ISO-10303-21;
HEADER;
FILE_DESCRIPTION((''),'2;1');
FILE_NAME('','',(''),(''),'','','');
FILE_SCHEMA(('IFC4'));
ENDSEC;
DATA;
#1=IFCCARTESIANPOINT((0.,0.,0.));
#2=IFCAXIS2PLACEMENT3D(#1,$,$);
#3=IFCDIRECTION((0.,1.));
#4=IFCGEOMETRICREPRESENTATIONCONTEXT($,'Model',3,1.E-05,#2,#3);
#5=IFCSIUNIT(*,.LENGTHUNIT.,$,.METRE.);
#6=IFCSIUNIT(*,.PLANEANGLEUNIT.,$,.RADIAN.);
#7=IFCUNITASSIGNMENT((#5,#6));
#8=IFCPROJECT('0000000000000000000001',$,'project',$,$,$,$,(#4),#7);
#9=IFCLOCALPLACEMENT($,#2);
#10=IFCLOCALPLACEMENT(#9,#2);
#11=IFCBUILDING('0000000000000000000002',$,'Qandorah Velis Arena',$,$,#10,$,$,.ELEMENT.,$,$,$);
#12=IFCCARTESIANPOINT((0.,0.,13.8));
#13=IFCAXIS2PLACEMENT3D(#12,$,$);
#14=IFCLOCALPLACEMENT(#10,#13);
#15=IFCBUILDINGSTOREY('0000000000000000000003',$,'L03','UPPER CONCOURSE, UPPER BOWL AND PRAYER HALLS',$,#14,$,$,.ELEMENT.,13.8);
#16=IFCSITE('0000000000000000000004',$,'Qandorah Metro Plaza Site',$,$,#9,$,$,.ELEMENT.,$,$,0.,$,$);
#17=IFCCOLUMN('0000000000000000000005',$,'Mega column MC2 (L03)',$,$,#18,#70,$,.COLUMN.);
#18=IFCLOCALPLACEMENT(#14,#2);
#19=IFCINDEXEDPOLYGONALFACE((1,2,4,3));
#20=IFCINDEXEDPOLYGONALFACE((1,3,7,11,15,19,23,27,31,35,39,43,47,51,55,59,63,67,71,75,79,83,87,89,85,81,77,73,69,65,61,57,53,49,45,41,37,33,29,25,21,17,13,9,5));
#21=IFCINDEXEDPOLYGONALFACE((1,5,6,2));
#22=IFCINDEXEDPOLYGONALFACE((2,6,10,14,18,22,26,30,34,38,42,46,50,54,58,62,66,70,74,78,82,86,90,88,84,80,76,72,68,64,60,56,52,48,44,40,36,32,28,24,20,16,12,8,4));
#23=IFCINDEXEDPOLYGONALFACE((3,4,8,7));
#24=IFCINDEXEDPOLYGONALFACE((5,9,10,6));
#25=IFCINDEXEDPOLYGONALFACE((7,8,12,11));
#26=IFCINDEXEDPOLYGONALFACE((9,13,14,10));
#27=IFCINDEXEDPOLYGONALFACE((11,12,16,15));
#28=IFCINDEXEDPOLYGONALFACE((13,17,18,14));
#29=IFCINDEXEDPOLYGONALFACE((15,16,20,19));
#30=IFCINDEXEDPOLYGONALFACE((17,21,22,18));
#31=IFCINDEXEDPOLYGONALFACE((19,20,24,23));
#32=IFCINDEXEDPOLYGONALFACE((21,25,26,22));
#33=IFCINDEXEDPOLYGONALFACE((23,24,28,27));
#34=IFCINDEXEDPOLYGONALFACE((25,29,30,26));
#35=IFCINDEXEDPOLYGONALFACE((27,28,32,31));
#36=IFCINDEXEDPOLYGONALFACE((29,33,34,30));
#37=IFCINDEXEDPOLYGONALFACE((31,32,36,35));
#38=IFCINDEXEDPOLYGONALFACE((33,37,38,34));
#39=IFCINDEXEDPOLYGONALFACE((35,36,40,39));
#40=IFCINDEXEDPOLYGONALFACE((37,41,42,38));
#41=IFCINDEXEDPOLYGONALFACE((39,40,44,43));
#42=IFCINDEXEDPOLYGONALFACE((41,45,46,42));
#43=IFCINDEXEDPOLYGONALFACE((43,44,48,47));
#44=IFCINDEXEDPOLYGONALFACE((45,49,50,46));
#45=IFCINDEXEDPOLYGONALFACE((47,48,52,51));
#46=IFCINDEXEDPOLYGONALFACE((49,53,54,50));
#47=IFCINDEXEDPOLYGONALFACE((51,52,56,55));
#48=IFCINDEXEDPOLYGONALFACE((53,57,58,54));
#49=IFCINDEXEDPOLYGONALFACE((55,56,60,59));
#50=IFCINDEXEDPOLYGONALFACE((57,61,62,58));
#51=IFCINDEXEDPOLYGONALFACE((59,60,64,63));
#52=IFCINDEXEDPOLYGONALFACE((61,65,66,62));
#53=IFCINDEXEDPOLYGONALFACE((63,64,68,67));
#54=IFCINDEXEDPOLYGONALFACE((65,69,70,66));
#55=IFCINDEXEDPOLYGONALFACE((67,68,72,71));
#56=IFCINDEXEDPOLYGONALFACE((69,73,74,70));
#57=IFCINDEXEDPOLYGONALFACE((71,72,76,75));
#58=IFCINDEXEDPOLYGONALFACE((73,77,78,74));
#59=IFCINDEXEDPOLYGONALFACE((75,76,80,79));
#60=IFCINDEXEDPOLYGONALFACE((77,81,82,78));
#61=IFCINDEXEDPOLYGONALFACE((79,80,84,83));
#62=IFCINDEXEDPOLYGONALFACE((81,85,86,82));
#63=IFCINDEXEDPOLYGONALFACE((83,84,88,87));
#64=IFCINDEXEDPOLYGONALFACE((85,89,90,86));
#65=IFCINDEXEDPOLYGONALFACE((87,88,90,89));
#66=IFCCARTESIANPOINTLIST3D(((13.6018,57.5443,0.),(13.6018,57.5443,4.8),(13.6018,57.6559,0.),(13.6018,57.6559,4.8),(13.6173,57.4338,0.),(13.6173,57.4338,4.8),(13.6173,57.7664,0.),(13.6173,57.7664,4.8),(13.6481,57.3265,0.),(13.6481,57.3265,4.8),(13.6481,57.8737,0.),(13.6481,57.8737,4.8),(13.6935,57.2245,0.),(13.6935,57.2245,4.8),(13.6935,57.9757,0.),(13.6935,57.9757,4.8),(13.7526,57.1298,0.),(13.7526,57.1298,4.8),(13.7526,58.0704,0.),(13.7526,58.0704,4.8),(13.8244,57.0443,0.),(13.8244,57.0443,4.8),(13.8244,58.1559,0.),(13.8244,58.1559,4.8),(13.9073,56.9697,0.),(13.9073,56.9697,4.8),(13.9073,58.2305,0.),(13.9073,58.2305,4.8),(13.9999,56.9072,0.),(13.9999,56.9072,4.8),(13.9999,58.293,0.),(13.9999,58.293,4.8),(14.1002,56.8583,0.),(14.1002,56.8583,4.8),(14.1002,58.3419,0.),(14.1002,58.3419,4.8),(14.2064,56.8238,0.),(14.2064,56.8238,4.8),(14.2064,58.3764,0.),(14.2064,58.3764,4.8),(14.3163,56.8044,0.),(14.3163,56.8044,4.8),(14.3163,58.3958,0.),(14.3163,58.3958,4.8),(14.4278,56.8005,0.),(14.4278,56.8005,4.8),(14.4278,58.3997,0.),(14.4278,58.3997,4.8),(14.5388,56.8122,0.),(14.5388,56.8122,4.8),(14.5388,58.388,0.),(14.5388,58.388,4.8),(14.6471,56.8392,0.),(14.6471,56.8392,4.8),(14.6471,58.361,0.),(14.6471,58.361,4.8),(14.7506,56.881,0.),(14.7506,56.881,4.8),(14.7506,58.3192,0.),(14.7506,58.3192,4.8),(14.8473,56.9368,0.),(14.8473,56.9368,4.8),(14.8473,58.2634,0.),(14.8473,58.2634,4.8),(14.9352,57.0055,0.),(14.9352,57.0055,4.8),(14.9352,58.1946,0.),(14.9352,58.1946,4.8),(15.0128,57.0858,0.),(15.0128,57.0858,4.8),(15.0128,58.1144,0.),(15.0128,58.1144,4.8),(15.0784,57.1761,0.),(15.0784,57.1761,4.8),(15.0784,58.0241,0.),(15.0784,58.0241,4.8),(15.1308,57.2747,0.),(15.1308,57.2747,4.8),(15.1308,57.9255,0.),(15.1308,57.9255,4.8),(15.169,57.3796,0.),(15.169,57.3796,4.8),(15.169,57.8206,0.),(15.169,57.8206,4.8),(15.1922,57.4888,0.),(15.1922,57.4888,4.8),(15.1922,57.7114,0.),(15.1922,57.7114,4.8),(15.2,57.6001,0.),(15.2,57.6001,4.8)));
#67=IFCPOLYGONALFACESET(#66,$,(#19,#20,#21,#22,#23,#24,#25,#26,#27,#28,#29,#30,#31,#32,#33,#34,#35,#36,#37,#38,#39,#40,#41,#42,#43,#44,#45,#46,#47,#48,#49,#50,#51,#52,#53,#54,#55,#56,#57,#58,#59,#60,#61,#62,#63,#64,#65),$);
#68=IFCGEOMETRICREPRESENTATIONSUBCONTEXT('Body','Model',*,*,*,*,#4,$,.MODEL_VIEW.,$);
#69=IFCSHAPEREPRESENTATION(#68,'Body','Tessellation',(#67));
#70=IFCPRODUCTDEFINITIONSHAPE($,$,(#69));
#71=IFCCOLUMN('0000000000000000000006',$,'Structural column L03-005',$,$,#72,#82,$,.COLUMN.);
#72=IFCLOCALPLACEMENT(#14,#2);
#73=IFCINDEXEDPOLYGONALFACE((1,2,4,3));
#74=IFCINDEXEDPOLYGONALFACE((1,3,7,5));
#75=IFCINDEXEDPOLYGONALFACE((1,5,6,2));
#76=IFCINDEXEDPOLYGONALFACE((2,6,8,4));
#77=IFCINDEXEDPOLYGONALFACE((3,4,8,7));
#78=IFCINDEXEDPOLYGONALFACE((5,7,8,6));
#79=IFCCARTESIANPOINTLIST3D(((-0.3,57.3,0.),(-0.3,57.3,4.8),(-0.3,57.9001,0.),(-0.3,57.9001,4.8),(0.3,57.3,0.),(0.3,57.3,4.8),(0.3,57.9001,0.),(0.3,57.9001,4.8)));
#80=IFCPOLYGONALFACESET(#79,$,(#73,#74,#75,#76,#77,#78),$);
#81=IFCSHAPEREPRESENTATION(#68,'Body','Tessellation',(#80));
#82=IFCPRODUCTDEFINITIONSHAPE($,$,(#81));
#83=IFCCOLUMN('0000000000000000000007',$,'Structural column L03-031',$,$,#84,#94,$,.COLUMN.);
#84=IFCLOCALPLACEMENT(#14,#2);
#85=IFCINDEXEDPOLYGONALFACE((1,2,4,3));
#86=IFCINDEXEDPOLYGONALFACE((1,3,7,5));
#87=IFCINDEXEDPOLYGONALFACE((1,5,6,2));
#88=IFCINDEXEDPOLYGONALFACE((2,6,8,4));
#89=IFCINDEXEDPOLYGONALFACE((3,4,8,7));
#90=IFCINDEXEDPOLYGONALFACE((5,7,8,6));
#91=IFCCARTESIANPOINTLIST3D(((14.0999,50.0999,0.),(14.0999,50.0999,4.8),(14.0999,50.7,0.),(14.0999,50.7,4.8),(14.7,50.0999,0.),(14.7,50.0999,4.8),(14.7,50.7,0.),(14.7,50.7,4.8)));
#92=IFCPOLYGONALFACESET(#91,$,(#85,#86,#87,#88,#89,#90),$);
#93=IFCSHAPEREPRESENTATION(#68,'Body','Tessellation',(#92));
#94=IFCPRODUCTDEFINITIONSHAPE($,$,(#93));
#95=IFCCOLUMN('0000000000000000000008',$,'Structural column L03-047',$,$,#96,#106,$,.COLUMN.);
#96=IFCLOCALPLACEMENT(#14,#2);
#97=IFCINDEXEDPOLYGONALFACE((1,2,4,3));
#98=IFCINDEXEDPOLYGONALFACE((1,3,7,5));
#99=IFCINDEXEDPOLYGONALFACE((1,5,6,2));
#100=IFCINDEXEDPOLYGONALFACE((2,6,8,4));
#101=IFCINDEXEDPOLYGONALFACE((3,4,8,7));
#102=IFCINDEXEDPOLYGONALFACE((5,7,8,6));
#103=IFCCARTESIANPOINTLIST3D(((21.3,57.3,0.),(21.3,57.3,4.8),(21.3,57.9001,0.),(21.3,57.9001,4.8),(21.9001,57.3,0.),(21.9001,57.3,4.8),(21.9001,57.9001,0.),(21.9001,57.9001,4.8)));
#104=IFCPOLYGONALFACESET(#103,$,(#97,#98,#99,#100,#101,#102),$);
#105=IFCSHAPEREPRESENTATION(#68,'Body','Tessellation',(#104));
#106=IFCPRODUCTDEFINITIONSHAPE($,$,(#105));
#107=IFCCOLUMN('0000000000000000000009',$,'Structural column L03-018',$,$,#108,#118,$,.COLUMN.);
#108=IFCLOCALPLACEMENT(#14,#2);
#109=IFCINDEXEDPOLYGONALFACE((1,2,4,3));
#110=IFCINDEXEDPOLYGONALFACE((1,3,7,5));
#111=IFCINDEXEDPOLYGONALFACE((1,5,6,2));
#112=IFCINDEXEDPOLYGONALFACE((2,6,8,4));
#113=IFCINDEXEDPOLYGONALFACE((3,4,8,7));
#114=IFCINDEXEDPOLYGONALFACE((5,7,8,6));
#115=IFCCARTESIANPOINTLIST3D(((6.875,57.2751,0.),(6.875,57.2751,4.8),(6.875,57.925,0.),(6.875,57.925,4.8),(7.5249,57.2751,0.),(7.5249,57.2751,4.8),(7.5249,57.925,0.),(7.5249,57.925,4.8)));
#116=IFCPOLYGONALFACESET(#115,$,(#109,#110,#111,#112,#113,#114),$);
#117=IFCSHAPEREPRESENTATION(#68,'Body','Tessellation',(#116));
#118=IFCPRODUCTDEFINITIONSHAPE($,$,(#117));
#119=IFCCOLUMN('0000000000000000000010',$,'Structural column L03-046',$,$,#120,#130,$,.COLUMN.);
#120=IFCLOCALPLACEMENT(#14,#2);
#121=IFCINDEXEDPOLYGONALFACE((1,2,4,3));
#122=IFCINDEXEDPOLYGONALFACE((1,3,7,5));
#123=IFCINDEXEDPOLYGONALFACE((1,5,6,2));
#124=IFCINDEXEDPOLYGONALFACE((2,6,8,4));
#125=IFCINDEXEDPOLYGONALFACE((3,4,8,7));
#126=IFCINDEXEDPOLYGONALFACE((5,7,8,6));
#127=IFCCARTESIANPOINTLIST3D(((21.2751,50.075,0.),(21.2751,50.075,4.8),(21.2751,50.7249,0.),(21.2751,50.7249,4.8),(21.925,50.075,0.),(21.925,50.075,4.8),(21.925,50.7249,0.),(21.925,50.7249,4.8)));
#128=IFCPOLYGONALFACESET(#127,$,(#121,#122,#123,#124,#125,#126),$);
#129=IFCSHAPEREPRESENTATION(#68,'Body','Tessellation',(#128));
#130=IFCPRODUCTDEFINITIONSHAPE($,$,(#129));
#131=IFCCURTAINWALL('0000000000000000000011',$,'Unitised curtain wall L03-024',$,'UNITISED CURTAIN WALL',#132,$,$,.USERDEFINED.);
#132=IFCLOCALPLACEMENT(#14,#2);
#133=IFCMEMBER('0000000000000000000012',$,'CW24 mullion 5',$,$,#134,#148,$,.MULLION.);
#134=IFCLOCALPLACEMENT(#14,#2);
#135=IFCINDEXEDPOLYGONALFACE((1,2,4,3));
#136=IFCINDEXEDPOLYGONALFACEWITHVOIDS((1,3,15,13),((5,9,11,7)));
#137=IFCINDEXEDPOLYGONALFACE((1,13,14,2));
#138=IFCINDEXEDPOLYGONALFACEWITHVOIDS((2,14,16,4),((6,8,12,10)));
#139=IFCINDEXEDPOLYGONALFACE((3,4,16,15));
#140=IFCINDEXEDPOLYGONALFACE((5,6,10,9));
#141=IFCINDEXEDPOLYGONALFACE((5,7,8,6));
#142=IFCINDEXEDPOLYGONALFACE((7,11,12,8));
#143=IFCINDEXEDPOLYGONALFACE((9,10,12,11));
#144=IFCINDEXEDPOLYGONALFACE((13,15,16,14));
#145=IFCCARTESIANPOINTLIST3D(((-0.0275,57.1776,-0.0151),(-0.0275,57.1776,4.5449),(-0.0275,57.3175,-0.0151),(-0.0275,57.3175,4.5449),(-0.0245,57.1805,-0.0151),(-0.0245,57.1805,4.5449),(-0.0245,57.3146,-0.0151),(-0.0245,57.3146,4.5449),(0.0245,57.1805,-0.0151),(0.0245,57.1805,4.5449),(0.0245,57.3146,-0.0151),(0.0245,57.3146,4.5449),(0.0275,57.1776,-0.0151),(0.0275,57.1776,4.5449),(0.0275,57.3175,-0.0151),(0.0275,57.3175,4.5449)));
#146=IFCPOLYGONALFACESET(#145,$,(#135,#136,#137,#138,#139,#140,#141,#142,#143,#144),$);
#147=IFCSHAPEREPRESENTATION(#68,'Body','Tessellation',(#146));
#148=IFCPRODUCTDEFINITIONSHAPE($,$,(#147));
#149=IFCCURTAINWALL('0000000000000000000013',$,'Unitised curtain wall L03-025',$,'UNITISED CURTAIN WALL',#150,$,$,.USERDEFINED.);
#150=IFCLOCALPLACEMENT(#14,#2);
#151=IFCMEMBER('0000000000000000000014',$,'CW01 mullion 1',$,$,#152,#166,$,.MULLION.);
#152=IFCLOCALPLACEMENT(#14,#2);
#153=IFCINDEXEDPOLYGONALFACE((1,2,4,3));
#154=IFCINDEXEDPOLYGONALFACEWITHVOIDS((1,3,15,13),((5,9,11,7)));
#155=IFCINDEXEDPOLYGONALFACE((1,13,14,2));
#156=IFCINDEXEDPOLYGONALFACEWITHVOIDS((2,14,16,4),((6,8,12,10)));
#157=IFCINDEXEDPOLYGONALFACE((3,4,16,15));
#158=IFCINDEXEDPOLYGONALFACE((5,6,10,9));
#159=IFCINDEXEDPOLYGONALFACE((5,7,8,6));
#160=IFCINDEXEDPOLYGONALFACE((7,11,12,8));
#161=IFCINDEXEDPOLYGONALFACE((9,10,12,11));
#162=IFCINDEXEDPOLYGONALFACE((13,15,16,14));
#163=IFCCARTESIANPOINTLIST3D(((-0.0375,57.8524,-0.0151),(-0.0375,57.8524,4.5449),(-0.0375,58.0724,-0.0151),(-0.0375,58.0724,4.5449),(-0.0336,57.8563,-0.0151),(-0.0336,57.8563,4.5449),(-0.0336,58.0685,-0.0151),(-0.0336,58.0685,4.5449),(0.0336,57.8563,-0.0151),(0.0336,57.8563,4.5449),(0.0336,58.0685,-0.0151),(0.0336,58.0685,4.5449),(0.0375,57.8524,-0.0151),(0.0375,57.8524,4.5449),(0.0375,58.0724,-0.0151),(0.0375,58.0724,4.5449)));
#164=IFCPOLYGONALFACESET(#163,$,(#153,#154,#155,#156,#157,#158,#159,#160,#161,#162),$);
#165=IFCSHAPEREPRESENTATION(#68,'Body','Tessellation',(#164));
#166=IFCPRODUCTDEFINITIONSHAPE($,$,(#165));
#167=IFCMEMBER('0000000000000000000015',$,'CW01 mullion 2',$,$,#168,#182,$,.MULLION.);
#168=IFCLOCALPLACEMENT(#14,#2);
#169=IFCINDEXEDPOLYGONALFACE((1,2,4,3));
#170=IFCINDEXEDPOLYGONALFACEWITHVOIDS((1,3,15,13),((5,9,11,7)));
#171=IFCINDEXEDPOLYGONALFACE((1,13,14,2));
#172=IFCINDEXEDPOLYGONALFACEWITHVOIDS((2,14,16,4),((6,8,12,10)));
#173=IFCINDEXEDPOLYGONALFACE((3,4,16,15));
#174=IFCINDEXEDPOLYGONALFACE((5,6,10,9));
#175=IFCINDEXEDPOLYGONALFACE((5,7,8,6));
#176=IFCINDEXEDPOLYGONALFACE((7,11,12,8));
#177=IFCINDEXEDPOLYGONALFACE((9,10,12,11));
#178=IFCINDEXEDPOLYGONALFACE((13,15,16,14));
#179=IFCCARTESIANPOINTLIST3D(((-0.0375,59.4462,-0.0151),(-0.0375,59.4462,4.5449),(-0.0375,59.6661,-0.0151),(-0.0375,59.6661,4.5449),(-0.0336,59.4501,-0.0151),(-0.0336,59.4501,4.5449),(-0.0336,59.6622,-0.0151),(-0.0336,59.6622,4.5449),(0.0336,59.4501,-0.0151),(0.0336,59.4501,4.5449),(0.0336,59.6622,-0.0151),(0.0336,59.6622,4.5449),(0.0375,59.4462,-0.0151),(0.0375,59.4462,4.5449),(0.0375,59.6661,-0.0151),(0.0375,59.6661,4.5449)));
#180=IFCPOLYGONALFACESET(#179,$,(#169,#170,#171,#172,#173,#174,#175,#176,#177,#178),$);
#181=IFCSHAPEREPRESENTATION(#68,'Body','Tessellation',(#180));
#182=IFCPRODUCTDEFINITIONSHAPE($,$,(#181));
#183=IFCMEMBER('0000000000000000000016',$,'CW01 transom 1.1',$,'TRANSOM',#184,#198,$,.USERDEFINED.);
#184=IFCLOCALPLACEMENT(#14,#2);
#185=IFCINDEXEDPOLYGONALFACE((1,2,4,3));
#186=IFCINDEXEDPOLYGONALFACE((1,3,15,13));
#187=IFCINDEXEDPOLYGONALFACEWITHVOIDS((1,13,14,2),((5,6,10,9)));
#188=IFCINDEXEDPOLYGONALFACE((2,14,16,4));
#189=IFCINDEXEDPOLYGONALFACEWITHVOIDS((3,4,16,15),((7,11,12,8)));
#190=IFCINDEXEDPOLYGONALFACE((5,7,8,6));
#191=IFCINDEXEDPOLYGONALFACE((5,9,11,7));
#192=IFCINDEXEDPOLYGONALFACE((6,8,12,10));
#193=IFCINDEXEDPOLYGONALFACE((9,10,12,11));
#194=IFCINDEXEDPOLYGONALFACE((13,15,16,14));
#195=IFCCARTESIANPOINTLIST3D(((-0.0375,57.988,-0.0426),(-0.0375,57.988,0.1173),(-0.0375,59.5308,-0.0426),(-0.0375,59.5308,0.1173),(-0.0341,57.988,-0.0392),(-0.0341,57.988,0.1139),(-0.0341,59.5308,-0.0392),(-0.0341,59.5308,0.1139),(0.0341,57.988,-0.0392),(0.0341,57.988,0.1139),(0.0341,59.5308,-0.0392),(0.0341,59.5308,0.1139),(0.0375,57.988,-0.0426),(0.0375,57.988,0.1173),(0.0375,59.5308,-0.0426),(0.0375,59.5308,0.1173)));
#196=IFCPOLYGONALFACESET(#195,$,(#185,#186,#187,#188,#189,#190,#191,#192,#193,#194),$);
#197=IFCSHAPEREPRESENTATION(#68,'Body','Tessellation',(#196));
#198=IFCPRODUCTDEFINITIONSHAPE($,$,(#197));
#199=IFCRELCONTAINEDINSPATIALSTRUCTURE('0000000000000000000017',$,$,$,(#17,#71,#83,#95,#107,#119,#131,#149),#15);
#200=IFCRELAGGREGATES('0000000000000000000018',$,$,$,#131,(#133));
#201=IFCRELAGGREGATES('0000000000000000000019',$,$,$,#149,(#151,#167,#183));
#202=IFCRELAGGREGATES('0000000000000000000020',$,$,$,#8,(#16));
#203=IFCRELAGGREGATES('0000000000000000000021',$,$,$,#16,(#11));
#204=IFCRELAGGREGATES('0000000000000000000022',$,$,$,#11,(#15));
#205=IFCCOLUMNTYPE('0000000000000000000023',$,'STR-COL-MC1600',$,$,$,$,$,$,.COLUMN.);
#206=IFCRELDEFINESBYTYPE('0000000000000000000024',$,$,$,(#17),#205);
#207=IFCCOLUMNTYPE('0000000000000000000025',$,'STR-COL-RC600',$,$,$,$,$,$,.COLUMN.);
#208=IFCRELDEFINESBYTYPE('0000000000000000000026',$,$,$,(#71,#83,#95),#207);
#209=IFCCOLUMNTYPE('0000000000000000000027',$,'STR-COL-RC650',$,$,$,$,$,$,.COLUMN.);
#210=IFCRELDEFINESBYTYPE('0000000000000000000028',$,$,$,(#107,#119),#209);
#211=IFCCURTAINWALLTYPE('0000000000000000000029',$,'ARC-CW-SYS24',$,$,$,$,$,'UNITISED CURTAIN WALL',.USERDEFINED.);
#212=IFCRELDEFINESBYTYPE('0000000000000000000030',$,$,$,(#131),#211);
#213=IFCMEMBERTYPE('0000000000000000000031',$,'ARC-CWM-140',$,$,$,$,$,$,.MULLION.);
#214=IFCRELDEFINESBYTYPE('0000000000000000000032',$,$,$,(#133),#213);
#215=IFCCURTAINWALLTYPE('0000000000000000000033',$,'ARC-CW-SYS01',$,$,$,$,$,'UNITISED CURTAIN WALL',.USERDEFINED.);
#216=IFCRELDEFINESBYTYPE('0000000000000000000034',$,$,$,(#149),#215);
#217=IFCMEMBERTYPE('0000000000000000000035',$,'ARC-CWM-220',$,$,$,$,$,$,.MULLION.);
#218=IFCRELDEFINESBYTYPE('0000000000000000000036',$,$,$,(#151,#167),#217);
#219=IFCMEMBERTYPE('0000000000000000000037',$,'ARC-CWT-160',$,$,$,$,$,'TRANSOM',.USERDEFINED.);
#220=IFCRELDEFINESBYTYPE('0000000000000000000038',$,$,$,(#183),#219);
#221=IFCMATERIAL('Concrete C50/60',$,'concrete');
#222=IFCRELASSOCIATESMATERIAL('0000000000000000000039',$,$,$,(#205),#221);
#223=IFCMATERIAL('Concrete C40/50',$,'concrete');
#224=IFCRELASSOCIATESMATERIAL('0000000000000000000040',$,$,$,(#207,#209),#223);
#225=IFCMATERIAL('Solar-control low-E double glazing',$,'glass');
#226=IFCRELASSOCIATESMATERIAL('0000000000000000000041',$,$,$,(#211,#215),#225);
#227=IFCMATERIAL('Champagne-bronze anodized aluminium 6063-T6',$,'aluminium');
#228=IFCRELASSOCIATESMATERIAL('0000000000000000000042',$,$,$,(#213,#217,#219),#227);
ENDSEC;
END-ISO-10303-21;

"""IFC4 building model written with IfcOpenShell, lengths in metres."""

from ifc_helpers import new_model, si_unit, direction, frame, origin, origin_2d, place, context, subcontext, project, spatial, rectangle, hollow_rectangle, circle, extrude, material, material_profile, profile_set, type_object, element, aggregate, save


model = new_model("IFC4")

# Units and contexts
model_context = context("Model", 3, precision=1e-05, world=origin(), true_north=direction((0.0, 1.0)))
body_context = subcontext(model_context, "Body", "Model", "MODEL_VIEW")
ifc_project = project(units=[si_unit("LENGTHUNIT", "METRE"), si_unit("PLANEANGLEUNIT", "RADIAN")], contexts=[model_context])

# Site, building, storey
site_placement = place(None, origin())
site = spatial("IfcSite", under=ifc_project, at=site_placement, Name="Qandorah Metro Plaza Site", CompositionType="ELEMENT", RefElevation=0.0)
building_placement = place(site_placement, origin())
building = spatial("IfcBuilding", under=site, at=building_placement, Name="Qandorah Velis Arena", CompositionType="ELEMENT")
storey_placement = place(building_placement, frame((0.0, 0.0, 13.8)))
storey = spatial("IfcBuildingStorey", under=building, at=storey_placement, Name="L03", Description="UPPER CONCOURSE, UPPER BOWL AND PRAYER HALLS", CompositionType="ELEMENT", Elevation=13.8)

# Columns
ifc_material_1 = material(Name="Concrete C50/60", Category="concrete")
ifc_material_profile_1 = material_profile(ifc_material_1, circle(Radius=0.8, at=origin_2d()), Name="MC D1600")
ifc_profile_set_1 = profile_set([ifc_material_profile_1], Name="Concrete C50/60")
column_type_1 = type_object("IfcColumnType", Name="STR-COL-MC1600", PredefinedType="COLUMN", material=ifc_profile_set_1)
column_placement = place(storey_placement, frame((14.3999, 57.6001, 0.0), z_axis=(0.0, 0.0, 1.0), x_axis=(1.0, 0.0, 0.0)))
element("IfcColumn", 1, at=column_placement, inside=storey, type_object=column_type_1, Name="Mega column MC2 (L03)", PredefinedType="COLUMN", context=body_context, shape_type="SweptSolid", body=[
    extrude(circle(Radius=0.8, at=origin_2d()), origin(), (0.0, 0.0, 1.0), 4.8),
])
ifc_material_2 = material(Name="Concrete C40/50", Category="concrete")
ifc_material_profile_2 = material_profile(ifc_material_2, rectangle(XDim=0.6001, YDim=0.6001, at=origin_2d()), Name="RC COL 600x600")
ifc_profile_set_2 = profile_set([ifc_material_profile_2], Name="Concrete C40/50")
column_type_2 = type_object("IfcColumnType", Name="STR-COL-RC600", PredefinedType="COLUMN", material=ifc_profile_set_2)
for number, where, z_axis, x_axis, name in (
    (2, (0.0, 57.6001, 0.0), (0.0, 0.0, 1.0), (1.0, 0.0, 0.0), "Structural column L03-005"),
    (3, (14.3999, 50.3999, 0.0), (0.0, 0.0, 1.0), (1.0, 0.0, 0.0), "Structural column L03-031"),
    (4, (21.6001, 57.6001, 0.0), (0.0, 0.0, 1.0), (1.0, 0.0, 0.0), "Structural column L03-047"),
):
    element("IfcColumn", number, at=place(storey_placement, frame(where, z_axis=z_axis, x_axis=x_axis)), inside=storey, type_object=column_type_2, Name=name, PredefinedType="COLUMN", context=body_context, shape_type="SweptSolid", body=[
        extrude(rectangle(XDim=0.6001, YDim=0.6001, at=origin_2d()), origin(), (0.0, 0.0, 1.0), 4.8),
    ])
ifc_material_profile_3 = material_profile(ifc_material_2, rectangle(XDim=0.6499, YDim=0.6499, at=origin_2d()), Name="RC COL 650x650")
ifc_profile_set_3 = profile_set([ifc_material_profile_3], Name="Concrete C40/50")
column_type_3 = type_object("IfcColumnType", Name="STR-COL-RC650", PredefinedType="COLUMN", material=ifc_profile_set_3)
for number, where, z_axis, x_axis, name in (
    (5, (7.2, 57.6001, 0.0), (0.0, 0.0, 1.0), (1.0, 0.0, 0.0), "Structural column L03-018"),
    (6, (21.6001, 50.3999, 0.0), (0.0, 0.0, 1.0), (1.0, 0.0, 0.0), "Structural column L03-046"),
):
    element("IfcColumn", number, at=place(storey_placement, frame(where, z_axis=z_axis, x_axis=x_axis)), inside=storey, type_object=column_type_3, Name=name, PredefinedType="COLUMN", context=body_context, shape_type="SweptSolid", body=[
        extrude(rectangle(XDim=0.6499, YDim=0.6499, at=origin_2d()), origin(), (0.0, 0.0, 1.0), 4.8),
    ])

# Curtain wall, member
ifc_material_3 = material(Name="Solar-control low-E double glazing", Category="glass")
curtain_wall_type_1 = type_object("IfcCurtainWallType", Name="ARC-CW-SYS24", ElementType="UNITISED CURTAIN WALL", PredefinedType="USERDEFINED", material=ifc_material_3)
curtain_wall_1_placement = place(storey_placement, origin())
curtain_wall_1 = element("IfcCurtainWall", 7, at=curtain_wall_1_placement, inside=storey, type_object=curtain_wall_type_1, Name="Unitised curtain wall L03-024", ObjectType="UNITISED CURTAIN WALL", PredefinedType="USERDEFINED")
ifc_material_4 = material(Name="Champagne-bronze anodized aluminium 6063-T6", Category="aluminium")
ifc_material_profile_4 = material_profile(ifc_material_4, hollow_rectangle(XDim=0.0549, YDim=0.1399, WallThickness=0.0029, at=origin_2d()), Name="ALU MULLION 55x140")
ifc_profile_set_4 = profile_set([ifc_material_profile_4], Name="Champagne-bronze anodized aluminium 6063-T6")
member_type_1 = type_object("IfcMemberType", Name="ARC-CWM-140", PredefinedType="MULLION", material=ifc_profile_set_4)
member_1_placement = place(storey_placement, frame((0.0, 57.2476, -0.0151), z_axis=(0.0, 0.0, 1.0), x_axis=(-1.0, 0.0, 0.0)))
member_1 = element("IfcMember", 8, at=member_1_placement, type_object=member_type_1, Name="CW24 mullion 5", PredefinedType="MULLION", context=body_context, shape_type="SweptSolid", body=[
    extrude(hollow_rectangle(XDim=0.0549, YDim=0.1399, WallThickness=0.0029, at=origin_2d()), origin(), (0.0, 0.0, 1.0), 4.5601),
])
aggregate(curtain_wall_1, [member_1])

# Curtain wall, members
curtain_wall_type_2 = type_object("IfcCurtainWallType", Name="ARC-CW-SYS01", ElementType="UNITISED CURTAIN WALL", PredefinedType="USERDEFINED", material=ifc_material_3)
curtain_wall_2_placement = place(storey_placement, origin())
curtain_wall_2 = element("IfcCurtainWall", 9, at=curtain_wall_2_placement, inside=storey, type_object=curtain_wall_type_2, Name="Unitised curtain wall L03-025", ObjectType="UNITISED CURTAIN WALL", PredefinedType="USERDEFINED")
ifc_material_profile_5 = material_profile(ifc_material_4, hollow_rectangle(XDim=0.075, YDim=0.22, WallThickness=0.0039, at=origin_2d()), Name="ALU MULLION 75x220")
ifc_profile_set_5 = profile_set([ifc_material_profile_5], Name="Champagne-bronze anodized aluminium 6063-T6")
member_type_2 = type_object("IfcMemberType", Name="ARC-CWM-220", PredefinedType="MULLION", material=ifc_profile_set_5)
member_2_placement = place(storey_placement, frame((0.0, 57.9624, -0.0151), z_axis=(0.0, 0.0, 1.0), x_axis=(-1.0, 0.0, 0.0)))
member_2 = element("IfcMember", 10, at=member_2_placement, type_object=member_type_2, Name="CW01 mullion 1", PredefinedType="MULLION", context=body_context, shape_type="SweptSolid", body=[
    extrude(hollow_rectangle(XDim=0.075, YDim=0.22, WallThickness=0.0039, at=origin_2d()), origin(), (0.0, 0.0, 1.0), 4.5601),
])
member_3_placement = place(storey_placement, frame((0.0, 59.5562, -0.0151), z_axis=(0.0, 0.0, 1.0), x_axis=(-1.0, 0.0, 0.0)))
member_3 = element("IfcMember", 11, at=member_3_placement, type_object=member_type_2, Name="CW01 mullion 2", PredefinedType="MULLION", context=body_context, shape_type="SweptSolid", body=[
    extrude(hollow_rectangle(XDim=0.075, YDim=0.22, WallThickness=0.0039, at=origin_2d()), origin(), (0.0, 0.0, 1.0), 4.5601),
])
ifc_material_profile_6 = material_profile(ifc_material_4, hollow_rectangle(XDim=0.075, YDim=0.1599, WallThickness=0.0034, at=origin_2d()), Name="ALU TRANSOM 75x160")
ifc_profile_set_6 = profile_set([ifc_material_profile_6], Name="Champagne-bronze anodized aluminium 6063-T6")
member_type_3 = type_object("IfcMemberType", Name="ARC-CWT-160", ElementType="TRANSOM", PredefinedType="USERDEFINED", material=ifc_profile_set_6)
member_4_placement = place(storey_placement, frame((0.0, 57.988, 0.0374), z_axis=(0.0, 1.0, 0.0), x_axis=(-1.0, 0.0, 0.0)))
member_4 = element("IfcMember", 12, at=member_4_placement, type_object=member_type_3, Name="CW01 transom 1.1", ObjectType="TRANSOM", PredefinedType="USERDEFINED", context=body_context, shape_type="SweptSolid", body=[
    extrude(hollow_rectangle(XDim=0.075, YDim=0.1599, WallThickness=0.0034, at=origin_2d()), origin(), (0.0, 0.0, 1.0), 1.5427),
])

aggregate(curtain_wall_2, [member_2, member_3, member_4])

save(model, "model.ifc")
